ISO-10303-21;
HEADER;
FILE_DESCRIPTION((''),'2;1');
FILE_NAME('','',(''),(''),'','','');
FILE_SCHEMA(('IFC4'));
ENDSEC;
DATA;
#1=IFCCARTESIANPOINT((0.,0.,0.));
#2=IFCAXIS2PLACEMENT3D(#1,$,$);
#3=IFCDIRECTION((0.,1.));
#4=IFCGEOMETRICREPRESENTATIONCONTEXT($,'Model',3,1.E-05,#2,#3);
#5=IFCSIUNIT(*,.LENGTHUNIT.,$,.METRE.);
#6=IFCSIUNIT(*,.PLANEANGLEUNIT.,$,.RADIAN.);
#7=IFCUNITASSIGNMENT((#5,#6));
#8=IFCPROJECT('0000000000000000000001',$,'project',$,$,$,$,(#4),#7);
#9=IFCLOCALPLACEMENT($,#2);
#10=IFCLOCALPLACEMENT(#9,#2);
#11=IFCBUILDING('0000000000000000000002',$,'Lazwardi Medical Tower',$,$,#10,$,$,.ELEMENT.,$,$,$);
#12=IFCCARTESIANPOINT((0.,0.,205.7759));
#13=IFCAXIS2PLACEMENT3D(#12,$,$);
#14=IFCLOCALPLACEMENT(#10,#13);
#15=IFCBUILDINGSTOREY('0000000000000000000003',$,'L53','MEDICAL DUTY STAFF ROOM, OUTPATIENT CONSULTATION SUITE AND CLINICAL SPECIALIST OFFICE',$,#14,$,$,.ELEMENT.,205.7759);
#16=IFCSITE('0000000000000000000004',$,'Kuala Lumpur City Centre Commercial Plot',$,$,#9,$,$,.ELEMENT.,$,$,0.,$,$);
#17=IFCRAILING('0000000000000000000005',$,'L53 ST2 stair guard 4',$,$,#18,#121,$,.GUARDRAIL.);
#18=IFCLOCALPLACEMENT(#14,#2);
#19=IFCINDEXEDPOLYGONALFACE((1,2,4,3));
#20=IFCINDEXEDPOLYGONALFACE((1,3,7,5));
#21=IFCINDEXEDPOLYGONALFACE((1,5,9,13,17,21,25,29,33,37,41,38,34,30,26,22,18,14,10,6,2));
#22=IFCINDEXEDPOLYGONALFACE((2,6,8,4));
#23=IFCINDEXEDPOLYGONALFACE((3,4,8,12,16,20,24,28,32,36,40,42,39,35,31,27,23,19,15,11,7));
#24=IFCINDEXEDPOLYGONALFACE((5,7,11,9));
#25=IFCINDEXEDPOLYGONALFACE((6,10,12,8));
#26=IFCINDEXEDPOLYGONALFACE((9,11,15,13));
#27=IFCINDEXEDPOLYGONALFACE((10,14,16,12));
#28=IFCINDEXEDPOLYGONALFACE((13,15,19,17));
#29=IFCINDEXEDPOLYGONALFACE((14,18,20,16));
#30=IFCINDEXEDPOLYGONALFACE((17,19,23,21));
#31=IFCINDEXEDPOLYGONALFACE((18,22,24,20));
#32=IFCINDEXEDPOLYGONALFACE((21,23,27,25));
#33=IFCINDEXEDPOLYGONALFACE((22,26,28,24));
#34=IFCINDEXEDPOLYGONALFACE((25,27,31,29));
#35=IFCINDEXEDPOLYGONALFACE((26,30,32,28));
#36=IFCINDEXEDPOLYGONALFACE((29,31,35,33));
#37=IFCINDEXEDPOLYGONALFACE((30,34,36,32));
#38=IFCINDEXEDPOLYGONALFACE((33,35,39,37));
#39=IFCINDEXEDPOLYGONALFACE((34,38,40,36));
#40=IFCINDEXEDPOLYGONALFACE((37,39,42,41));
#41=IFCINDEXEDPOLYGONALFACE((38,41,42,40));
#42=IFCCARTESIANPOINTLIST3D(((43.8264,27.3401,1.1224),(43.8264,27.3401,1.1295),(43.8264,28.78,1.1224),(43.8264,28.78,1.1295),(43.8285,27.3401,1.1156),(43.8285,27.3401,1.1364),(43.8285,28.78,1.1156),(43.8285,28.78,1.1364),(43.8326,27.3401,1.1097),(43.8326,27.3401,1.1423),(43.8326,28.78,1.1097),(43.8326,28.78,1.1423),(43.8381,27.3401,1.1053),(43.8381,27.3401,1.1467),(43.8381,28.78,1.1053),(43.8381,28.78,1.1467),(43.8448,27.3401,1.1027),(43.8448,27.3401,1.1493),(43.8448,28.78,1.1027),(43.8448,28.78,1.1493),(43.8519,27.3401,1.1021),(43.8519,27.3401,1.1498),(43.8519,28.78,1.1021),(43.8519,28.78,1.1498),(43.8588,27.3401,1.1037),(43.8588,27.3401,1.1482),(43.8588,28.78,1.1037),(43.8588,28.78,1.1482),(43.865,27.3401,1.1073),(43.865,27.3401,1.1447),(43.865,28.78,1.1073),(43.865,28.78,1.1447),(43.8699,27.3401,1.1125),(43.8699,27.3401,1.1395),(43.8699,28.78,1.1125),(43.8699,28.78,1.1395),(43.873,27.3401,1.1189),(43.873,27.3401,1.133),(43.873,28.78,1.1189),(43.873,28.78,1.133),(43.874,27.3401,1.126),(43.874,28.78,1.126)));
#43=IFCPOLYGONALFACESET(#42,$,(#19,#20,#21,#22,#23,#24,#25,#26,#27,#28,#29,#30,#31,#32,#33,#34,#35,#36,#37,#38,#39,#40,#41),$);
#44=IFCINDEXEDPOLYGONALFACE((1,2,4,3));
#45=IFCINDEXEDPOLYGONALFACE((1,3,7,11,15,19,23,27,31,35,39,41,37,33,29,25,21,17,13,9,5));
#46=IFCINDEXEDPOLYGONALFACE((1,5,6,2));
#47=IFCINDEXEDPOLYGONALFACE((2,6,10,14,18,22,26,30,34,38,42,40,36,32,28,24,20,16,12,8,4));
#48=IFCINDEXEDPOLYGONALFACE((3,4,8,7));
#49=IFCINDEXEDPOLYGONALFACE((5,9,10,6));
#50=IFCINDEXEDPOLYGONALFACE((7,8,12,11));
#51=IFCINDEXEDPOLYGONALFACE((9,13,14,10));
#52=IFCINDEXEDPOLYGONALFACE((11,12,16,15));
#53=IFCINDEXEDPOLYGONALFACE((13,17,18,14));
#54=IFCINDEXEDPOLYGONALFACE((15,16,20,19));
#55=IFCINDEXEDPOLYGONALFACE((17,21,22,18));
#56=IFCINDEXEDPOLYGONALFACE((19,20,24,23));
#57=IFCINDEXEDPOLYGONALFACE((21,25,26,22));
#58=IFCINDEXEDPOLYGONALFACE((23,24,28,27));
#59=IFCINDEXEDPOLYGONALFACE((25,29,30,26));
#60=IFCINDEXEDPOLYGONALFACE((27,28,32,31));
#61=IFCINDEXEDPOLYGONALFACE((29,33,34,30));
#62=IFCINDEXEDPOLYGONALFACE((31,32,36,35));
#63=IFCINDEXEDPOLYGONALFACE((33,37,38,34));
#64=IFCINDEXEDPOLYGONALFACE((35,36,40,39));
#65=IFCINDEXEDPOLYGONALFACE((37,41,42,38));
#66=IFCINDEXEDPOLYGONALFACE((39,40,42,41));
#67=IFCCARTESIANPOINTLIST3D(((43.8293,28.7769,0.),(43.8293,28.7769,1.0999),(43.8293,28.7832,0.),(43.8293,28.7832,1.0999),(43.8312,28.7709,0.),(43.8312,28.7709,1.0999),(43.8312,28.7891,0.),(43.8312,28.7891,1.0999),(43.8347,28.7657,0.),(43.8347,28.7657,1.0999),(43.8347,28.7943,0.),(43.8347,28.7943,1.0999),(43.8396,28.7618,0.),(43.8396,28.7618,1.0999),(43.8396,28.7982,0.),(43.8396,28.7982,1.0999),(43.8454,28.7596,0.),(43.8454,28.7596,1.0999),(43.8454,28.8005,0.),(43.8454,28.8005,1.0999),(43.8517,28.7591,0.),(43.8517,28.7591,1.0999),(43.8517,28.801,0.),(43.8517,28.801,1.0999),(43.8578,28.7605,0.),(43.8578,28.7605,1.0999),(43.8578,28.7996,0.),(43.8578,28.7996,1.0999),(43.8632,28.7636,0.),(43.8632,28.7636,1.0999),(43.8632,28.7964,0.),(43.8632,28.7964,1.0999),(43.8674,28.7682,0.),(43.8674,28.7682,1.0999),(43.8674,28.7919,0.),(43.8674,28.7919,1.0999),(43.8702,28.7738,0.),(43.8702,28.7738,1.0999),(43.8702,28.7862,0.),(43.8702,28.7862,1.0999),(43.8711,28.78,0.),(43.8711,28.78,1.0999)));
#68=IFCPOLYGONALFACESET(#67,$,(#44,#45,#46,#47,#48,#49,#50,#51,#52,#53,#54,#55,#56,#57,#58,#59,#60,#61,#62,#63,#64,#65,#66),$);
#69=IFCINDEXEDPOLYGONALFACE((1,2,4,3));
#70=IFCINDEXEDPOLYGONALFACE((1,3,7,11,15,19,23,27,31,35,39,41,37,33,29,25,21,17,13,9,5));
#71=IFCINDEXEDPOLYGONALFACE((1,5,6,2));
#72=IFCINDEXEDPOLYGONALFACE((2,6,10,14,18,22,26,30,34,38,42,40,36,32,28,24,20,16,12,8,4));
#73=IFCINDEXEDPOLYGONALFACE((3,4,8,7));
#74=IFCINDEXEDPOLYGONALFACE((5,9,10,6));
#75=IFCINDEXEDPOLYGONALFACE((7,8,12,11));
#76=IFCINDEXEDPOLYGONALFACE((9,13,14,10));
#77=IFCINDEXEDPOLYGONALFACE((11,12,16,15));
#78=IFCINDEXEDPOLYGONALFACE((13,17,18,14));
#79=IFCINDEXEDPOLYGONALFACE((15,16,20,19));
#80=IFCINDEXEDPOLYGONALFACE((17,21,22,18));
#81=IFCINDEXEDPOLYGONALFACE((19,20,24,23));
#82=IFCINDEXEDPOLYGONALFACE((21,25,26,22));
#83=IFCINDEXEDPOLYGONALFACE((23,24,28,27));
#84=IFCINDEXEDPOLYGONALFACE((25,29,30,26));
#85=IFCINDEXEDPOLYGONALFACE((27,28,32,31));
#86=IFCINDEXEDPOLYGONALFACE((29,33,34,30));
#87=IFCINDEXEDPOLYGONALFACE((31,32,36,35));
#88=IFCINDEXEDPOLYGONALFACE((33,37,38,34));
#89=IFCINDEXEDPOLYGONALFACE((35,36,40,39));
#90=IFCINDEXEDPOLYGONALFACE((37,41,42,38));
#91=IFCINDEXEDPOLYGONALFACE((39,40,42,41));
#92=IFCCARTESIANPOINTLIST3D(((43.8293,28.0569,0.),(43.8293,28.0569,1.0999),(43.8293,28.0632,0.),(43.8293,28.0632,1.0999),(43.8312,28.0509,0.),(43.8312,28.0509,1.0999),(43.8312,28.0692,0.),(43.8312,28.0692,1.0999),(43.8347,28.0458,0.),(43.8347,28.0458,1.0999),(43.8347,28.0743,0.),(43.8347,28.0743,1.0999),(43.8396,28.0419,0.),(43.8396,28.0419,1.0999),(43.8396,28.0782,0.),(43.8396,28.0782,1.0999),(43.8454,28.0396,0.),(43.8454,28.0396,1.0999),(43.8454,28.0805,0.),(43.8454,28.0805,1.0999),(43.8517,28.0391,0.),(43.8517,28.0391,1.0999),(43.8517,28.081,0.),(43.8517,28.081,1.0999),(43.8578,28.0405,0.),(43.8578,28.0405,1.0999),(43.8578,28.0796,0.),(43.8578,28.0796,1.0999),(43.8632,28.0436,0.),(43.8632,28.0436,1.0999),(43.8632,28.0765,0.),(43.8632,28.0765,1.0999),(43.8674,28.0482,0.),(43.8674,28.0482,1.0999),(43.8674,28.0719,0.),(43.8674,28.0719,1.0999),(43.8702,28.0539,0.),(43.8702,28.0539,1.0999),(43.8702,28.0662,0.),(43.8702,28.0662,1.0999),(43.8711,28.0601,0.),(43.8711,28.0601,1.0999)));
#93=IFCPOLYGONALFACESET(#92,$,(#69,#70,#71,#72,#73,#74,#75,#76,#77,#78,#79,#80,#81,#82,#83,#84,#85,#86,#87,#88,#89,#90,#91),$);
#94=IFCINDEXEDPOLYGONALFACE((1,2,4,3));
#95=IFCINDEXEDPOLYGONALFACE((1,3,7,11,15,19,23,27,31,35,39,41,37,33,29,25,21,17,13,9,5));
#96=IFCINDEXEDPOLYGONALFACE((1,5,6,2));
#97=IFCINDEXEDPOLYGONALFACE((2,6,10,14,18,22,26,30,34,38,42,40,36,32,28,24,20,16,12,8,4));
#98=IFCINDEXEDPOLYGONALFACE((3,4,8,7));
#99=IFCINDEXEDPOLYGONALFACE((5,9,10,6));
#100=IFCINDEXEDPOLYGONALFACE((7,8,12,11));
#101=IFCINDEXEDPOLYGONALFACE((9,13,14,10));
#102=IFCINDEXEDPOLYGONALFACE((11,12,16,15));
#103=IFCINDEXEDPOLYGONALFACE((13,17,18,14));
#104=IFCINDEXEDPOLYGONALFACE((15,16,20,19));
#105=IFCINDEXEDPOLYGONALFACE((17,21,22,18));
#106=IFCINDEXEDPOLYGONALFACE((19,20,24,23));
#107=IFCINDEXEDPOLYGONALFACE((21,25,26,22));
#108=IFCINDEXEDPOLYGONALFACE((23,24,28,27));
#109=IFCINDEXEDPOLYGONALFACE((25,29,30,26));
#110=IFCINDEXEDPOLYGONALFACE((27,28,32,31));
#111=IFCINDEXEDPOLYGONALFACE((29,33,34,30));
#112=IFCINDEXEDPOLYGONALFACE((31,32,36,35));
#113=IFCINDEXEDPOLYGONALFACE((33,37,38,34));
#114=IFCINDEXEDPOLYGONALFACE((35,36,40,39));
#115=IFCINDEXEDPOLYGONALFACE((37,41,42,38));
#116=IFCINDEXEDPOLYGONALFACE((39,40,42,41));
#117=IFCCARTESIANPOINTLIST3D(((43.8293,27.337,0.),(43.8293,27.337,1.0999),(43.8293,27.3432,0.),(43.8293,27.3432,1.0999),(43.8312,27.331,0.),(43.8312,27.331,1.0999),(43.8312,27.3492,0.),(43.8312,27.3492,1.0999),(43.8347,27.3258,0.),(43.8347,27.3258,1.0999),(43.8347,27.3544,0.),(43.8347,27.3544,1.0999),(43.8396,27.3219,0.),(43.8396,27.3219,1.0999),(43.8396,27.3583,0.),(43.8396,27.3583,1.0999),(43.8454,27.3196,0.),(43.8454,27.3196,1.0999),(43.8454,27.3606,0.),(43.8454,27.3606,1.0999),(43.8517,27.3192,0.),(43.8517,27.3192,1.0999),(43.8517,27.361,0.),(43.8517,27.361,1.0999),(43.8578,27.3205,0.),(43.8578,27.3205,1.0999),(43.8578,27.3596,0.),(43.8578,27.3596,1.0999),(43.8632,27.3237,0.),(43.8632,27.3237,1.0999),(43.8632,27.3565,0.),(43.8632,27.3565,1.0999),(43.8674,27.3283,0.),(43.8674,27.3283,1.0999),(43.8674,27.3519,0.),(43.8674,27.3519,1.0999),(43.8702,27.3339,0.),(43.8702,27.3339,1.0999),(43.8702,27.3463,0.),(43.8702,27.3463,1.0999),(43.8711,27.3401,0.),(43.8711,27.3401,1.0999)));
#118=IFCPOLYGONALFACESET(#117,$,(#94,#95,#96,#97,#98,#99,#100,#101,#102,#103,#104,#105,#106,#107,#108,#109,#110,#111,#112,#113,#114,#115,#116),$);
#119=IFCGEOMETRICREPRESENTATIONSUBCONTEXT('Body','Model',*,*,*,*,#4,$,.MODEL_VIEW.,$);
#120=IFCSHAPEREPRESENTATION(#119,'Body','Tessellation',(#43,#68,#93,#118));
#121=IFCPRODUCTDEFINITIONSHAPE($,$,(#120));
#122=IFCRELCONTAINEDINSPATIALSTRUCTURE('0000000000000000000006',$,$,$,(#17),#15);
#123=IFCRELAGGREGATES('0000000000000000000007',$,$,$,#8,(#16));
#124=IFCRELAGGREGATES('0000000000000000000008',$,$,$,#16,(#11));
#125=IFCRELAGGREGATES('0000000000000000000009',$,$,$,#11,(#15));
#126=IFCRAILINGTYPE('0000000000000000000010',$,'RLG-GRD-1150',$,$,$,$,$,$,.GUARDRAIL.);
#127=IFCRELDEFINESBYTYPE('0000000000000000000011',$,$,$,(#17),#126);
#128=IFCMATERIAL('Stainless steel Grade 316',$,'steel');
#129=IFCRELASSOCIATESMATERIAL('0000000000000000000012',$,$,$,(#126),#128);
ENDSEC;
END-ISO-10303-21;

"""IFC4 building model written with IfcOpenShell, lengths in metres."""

from ifc_helpers import new_model, si_unit, direction, frame, origin, origin_2d, place, context, subcontext, project, spatial, circle, extrude, material, type_object, element, save


model = new_model("IFC4")

# Units and contexts
model_context = context("Model", 3, precision=1e-05, world=origin(), true_north=direction((0.0, 1.0)))
body_context = subcontext(model_context, "Body", "Model", "MODEL_VIEW")
ifc_project = project(units=[si_unit("LENGTHUNIT", "METRE"), si_unit("PLANEANGLEUNIT", "RADIAN")], contexts=[model_context])

# Site, building, storey
site_placement = place(None, origin())
site = spatial("IfcSite", under=ifc_project, at=site_placement, Name="Kuala Lumpur City Centre Commercial Plot", CompositionType="ELEMENT", RefElevation=0.0)
building_placement = place(site_placement, origin())
building = spatial("IfcBuilding", under=site, at=building_placement, Name="Lazwardi Medical Tower", CompositionType="ELEMENT")
storey_placement = place(building_placement, frame((0.0, 0.0, 205.7759)))
storey = spatial("IfcBuildingStorey", under=building, at=storey_placement, Name="L53", Description="MEDICAL DUTY STAFF ROOM, OUTPATIENT CONSULTATION SUITE AND CLINICAL SPECIALIST OFFICE", CompositionType="ELEMENT", Elevation=205.7759)

# Railing
ifc_material_1 = material(Name="Stainless steel Grade 316", Category="steel")
railing_type_1 = type_object("IfcRailingType", Name="RLG-GRD-1150", PredefinedType="GUARDRAIL", material=ifc_material_1)
railing_1_placement = place(storey_placement, frame((43.8501, 28.78, 0.0)))
element("IfcRailing", 1, at=railing_1_placement, inside=storey, type_object=railing_type_1, Name="L53 ST2 stair guard 4", PredefinedType="GUARDRAIL", context=body_context, shape_type="SweptSolid", body=[
    extrude(circle(Radius=0.0239, at=origin_2d()), frame((0.0, 0.0, 1.126), z_axis=(0.0, -1.0, 0.0), x_axis=(1.0, 0.0, 0.0)), (0.0, 0.0, 1.0), 1.4399),
    extrude(circle(Radius=0.021, at=origin_2d()), origin(), (0.0, 0.0, 1.0), 1.0999),
    extrude(circle(Radius=0.021, at=origin_2d()), frame((0.0, -0.72, 0.0)), (0.0, 0.0, 1.0), 1.0999),
    extrude(circle(Radius=0.021, at=origin_2d()), frame((0.0, -1.4399, 0.0)), (0.0, 0.0, 1.0), 1.0999),
])

save(model, "model.ifc")
